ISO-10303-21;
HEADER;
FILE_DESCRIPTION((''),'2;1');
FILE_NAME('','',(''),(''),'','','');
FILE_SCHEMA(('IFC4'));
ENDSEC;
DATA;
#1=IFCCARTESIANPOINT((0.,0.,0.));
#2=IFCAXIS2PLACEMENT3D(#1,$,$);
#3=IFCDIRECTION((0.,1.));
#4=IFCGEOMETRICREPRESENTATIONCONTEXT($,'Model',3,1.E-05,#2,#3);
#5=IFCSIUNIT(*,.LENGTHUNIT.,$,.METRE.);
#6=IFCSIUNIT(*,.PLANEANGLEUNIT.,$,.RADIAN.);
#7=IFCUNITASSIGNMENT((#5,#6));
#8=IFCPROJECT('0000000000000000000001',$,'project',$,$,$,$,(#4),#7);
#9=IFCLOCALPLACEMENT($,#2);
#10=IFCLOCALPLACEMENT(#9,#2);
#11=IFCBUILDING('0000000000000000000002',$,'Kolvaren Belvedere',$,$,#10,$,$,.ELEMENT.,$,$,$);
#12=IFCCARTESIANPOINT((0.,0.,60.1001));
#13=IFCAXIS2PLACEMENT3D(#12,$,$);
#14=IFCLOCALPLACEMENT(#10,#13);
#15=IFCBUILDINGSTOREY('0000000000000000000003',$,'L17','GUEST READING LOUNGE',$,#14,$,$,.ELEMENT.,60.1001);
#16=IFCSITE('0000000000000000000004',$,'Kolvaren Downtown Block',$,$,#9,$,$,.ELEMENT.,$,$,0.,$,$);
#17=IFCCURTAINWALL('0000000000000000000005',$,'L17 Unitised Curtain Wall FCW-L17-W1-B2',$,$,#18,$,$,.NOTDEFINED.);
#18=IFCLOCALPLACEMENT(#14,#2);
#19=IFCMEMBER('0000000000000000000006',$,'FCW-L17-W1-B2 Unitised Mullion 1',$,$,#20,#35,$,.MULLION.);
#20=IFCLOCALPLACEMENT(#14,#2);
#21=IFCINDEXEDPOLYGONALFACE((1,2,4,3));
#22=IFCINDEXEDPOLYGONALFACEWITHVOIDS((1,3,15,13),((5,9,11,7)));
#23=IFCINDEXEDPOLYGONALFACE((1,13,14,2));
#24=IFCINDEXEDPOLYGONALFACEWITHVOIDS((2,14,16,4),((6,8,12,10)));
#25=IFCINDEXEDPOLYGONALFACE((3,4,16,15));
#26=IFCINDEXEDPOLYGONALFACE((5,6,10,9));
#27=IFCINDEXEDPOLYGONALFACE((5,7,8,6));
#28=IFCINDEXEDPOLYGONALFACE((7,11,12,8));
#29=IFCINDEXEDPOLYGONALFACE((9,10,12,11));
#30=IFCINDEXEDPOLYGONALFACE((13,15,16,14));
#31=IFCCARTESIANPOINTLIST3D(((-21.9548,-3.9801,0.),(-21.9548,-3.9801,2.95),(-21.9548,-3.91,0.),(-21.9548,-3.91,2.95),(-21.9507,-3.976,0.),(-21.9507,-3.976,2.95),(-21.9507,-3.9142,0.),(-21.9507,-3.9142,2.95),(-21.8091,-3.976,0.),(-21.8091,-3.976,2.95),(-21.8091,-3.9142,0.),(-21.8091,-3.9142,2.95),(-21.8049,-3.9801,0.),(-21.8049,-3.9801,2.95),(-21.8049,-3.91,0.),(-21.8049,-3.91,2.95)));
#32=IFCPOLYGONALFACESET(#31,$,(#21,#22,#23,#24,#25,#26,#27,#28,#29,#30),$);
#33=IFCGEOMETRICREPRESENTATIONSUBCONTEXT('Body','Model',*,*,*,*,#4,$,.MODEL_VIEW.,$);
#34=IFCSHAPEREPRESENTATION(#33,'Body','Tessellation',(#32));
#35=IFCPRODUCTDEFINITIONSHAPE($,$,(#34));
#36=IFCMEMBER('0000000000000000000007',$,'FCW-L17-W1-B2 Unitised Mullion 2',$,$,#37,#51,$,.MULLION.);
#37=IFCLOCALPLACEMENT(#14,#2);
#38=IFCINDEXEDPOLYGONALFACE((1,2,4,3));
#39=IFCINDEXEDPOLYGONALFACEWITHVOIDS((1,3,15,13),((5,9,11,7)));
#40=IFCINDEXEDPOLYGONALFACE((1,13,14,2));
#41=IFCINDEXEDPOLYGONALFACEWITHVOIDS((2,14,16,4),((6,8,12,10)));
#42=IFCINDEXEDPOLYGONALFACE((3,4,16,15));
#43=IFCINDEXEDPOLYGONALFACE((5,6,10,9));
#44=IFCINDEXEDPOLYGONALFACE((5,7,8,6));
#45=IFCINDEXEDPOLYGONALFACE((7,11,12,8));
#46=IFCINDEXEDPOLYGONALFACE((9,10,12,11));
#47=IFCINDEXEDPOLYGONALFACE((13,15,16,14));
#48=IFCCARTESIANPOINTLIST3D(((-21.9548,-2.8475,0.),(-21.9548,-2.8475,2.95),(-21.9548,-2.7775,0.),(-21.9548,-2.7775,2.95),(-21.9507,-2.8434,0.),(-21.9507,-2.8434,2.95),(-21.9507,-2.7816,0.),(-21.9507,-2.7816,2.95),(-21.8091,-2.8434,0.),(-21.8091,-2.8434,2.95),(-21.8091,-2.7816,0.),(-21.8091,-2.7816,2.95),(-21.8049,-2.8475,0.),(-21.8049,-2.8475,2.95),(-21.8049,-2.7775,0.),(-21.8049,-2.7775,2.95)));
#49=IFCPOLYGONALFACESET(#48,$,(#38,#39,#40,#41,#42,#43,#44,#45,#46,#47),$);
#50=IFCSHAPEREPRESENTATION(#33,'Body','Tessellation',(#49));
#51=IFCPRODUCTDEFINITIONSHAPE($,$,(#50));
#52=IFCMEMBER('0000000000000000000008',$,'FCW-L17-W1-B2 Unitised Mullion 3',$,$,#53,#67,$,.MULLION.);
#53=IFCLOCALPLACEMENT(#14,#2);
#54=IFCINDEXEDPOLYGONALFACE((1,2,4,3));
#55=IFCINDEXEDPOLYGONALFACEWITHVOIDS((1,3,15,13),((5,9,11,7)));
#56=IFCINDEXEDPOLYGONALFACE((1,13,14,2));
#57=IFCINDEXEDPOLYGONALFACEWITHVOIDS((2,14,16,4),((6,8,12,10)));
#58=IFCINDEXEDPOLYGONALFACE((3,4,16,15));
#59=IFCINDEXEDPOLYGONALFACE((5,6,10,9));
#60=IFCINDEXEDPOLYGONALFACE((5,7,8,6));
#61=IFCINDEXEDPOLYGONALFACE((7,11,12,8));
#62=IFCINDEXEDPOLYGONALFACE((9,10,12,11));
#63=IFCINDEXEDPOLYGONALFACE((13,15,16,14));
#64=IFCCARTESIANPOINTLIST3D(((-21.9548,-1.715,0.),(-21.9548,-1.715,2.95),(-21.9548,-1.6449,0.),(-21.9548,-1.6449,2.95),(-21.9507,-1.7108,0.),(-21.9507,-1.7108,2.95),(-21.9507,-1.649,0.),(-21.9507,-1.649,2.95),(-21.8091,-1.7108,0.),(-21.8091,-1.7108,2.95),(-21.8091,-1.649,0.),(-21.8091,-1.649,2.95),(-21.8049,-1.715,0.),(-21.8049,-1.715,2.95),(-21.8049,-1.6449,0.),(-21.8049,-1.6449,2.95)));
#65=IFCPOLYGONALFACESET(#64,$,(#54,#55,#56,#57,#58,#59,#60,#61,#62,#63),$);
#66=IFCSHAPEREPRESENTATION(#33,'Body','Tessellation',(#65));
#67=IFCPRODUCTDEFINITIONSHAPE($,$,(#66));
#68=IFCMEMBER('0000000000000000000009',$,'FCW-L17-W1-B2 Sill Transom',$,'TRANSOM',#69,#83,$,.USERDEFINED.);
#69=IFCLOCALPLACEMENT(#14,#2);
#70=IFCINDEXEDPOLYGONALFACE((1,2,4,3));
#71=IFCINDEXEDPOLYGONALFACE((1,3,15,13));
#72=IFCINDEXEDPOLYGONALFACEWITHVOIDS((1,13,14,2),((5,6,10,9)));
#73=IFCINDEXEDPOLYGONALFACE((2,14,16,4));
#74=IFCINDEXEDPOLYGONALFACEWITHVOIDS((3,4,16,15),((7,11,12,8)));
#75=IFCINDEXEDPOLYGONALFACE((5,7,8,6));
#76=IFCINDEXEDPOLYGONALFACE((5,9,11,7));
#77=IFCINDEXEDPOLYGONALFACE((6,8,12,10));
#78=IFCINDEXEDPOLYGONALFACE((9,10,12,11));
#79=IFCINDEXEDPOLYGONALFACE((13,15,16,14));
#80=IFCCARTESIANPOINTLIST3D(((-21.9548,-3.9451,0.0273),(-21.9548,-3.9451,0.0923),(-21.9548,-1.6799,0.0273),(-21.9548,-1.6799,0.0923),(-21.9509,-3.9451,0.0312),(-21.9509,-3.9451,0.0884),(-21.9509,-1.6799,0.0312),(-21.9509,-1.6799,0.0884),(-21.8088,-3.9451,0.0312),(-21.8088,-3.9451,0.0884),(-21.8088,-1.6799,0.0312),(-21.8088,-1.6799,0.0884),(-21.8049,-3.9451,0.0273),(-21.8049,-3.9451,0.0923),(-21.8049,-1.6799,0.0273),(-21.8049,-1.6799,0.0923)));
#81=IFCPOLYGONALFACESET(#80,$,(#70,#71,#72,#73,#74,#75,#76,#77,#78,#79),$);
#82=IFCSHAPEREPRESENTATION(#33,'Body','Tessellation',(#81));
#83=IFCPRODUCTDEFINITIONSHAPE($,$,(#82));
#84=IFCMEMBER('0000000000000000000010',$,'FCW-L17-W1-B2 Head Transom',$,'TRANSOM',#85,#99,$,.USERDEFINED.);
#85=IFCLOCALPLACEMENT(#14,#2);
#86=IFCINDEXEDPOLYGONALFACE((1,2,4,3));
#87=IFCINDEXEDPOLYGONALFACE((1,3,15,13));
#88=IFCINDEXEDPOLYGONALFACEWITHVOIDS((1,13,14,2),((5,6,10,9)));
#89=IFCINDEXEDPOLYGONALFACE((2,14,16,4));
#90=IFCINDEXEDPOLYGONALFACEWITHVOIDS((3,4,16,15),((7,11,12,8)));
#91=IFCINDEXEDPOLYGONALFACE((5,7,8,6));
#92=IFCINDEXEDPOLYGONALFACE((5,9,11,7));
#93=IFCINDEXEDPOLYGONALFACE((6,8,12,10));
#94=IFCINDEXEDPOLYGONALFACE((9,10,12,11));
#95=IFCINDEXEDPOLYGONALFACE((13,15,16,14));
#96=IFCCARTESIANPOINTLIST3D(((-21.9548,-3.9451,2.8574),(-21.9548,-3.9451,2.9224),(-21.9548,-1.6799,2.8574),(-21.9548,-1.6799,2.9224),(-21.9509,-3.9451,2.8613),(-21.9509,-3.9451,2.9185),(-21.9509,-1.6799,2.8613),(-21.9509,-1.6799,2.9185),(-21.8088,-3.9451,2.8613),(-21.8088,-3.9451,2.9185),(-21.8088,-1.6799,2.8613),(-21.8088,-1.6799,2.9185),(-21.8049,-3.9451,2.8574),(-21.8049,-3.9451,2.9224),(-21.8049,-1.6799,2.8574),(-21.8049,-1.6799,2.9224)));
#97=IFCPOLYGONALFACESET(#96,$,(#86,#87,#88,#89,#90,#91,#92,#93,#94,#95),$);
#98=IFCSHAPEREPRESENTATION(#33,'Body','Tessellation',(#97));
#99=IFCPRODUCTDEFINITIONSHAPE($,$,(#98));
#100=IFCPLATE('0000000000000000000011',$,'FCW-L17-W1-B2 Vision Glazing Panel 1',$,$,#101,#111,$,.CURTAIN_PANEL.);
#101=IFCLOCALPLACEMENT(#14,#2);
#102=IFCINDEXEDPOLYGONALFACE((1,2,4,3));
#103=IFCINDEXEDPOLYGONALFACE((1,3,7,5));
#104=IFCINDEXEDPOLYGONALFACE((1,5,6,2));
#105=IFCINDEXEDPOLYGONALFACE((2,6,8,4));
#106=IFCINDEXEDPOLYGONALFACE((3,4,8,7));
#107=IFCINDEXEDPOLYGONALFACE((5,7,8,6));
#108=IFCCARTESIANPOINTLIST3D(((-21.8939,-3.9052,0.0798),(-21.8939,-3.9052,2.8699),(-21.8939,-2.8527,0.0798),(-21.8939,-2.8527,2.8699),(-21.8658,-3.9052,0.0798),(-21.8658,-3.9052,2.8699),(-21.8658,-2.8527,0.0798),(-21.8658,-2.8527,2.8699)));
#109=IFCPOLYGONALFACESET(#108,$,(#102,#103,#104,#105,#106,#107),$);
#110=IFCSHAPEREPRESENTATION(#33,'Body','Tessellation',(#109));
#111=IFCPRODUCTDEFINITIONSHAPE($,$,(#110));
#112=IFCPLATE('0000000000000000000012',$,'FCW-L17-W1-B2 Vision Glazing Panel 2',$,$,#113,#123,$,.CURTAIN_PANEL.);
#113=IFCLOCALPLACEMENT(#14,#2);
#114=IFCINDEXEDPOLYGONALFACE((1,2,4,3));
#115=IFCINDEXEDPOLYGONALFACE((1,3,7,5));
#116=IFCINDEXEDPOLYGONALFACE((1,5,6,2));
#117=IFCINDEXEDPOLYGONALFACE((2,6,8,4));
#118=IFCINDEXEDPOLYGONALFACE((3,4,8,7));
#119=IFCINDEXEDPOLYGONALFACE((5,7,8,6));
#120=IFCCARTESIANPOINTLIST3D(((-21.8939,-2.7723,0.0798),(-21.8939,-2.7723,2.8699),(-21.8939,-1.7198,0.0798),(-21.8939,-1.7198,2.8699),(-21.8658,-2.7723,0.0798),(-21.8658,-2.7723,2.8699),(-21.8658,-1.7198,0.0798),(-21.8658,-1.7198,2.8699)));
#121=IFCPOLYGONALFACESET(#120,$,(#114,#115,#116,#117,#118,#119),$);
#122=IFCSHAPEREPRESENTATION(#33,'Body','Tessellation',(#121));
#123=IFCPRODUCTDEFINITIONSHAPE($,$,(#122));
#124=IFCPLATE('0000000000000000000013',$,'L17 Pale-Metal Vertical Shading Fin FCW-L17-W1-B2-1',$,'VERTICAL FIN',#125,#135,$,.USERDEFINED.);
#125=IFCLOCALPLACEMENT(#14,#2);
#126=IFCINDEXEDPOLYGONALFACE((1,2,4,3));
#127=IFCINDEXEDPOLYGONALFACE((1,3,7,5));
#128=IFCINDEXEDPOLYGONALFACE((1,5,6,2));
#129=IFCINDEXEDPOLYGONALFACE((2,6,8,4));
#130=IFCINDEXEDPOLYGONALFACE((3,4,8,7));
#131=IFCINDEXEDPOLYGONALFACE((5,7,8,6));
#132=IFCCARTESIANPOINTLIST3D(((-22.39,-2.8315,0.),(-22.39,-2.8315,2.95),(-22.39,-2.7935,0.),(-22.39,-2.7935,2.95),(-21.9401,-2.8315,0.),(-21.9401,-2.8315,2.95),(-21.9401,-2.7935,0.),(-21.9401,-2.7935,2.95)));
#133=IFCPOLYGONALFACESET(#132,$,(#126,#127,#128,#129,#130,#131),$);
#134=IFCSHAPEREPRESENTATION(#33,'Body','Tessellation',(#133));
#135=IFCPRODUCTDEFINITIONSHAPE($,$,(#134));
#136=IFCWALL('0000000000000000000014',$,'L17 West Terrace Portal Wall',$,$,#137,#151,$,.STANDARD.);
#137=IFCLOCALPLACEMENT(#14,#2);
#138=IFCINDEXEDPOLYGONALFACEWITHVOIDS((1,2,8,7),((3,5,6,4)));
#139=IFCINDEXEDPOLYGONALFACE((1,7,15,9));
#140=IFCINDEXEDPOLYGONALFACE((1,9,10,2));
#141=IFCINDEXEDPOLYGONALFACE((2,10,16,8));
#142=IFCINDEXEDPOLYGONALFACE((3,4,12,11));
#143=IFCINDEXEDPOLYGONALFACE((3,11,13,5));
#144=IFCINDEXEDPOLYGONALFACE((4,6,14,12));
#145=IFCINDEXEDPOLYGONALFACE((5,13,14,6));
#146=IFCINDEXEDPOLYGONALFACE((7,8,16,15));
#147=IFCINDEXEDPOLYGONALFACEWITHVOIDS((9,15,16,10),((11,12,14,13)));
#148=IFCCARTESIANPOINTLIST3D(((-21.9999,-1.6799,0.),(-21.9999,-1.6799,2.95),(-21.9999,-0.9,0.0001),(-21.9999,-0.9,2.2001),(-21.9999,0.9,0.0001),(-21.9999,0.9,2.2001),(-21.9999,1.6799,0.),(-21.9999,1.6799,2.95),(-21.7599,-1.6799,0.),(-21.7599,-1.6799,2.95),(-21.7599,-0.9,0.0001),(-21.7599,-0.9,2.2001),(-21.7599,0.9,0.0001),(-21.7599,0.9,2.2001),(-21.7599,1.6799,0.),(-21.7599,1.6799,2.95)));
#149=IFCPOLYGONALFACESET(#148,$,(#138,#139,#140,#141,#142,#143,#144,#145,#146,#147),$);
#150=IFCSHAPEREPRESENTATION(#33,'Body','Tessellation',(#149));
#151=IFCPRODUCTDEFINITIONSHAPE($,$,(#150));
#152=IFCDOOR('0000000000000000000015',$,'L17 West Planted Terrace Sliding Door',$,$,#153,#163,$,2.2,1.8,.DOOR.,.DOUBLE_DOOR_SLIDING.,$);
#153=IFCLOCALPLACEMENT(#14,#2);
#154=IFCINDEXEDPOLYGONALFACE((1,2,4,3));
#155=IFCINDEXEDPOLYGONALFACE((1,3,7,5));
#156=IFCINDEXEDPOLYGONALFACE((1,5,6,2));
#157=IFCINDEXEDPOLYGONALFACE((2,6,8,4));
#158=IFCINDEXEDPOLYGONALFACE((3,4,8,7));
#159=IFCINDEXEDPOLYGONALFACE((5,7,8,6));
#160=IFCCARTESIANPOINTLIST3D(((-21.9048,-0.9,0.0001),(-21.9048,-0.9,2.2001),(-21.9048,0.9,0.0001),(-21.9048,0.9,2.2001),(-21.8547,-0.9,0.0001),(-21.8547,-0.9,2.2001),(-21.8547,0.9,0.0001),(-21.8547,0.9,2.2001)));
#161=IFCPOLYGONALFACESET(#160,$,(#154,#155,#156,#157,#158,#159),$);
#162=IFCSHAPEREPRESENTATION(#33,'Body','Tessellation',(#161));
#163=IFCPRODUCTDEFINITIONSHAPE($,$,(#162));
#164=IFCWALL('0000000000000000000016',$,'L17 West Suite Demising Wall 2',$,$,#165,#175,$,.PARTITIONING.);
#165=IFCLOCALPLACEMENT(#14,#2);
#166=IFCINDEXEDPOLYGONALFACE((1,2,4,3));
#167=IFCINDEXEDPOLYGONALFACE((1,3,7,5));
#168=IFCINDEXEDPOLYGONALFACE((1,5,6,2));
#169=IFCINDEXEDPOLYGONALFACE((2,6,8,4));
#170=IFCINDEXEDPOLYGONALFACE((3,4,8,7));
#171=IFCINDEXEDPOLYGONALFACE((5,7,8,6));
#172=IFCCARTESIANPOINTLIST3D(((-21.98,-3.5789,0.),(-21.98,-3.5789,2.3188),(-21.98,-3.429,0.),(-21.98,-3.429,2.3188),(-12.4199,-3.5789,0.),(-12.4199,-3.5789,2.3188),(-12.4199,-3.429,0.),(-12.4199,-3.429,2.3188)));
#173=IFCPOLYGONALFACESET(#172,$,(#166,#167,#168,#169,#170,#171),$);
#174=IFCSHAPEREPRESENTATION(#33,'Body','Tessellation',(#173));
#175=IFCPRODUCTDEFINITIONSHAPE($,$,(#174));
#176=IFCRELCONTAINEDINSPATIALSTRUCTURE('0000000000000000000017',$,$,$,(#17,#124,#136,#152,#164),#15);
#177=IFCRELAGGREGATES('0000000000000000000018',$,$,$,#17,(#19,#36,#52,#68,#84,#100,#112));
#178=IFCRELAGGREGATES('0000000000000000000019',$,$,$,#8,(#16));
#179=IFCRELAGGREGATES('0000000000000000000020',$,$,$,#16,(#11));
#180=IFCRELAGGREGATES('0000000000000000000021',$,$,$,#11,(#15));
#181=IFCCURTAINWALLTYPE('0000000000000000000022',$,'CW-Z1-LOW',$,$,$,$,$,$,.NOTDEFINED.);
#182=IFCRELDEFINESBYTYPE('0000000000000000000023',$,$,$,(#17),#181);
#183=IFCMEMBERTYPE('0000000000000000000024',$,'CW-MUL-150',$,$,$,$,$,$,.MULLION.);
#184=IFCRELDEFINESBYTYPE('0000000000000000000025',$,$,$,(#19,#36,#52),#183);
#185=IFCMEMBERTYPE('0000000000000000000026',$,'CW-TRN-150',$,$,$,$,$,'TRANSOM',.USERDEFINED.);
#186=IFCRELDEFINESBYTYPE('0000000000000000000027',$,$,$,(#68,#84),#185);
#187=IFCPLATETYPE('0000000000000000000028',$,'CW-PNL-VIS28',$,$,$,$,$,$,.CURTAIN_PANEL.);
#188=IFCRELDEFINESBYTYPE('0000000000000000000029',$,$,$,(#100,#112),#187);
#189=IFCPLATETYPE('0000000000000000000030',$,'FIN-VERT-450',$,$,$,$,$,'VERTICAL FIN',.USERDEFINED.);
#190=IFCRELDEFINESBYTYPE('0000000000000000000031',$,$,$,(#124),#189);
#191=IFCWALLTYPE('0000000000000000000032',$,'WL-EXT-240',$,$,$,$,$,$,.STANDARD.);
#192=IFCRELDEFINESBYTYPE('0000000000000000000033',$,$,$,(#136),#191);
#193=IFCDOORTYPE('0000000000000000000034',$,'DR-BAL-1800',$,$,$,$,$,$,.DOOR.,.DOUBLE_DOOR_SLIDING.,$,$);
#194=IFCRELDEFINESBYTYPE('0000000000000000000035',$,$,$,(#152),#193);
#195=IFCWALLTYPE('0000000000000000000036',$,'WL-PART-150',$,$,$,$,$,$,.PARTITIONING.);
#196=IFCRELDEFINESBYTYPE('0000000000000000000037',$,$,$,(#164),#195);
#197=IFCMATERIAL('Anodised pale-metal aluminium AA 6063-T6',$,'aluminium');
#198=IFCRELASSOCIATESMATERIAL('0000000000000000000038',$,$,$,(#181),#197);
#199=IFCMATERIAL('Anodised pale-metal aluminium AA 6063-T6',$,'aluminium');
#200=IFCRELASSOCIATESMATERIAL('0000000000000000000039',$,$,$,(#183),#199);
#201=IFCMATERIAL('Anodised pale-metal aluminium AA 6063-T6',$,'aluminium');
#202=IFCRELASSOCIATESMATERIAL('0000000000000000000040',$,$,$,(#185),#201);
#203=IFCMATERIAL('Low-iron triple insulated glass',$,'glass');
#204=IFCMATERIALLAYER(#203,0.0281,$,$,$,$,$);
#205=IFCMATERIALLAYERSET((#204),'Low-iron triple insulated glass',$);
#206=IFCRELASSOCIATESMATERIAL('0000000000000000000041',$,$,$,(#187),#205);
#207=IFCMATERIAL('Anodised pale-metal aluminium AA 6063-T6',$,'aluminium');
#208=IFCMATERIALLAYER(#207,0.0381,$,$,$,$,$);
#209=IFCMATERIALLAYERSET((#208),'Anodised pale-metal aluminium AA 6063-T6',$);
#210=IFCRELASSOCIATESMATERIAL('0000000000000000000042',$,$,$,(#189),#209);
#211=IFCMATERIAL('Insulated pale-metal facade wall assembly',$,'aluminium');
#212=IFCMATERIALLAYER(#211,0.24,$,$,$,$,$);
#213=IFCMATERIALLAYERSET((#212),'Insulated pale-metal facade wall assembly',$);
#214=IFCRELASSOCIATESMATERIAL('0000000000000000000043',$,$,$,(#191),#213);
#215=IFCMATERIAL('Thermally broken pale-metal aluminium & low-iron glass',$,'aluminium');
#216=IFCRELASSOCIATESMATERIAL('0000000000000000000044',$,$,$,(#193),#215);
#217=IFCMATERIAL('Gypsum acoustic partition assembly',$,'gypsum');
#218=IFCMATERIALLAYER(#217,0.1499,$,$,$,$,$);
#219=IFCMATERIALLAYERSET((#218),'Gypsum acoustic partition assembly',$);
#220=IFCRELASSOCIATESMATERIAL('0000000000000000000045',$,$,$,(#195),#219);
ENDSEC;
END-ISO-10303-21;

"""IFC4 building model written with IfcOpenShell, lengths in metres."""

from ifc_helpers import new_model, si_unit, direction, frame, frame_2d, origin, origin_2d, place, context, subcontext, project, spatial, rectangle, hollow_rectangle, extrude, material, layer, layer_set, material_profile, profile_set, type_object, element, fill, aggregate, save


model = new_model("IFC4")

# Units and contexts
model_context = context("Model", 3, precision=1e-05, world=origin(), true_north=direction((0.0, 1.0)))
body_context = subcontext(model_context, "Body", "Model", "MODEL_VIEW")
ifc_project = project(units=[si_unit("LENGTHUNIT", "METRE"), si_unit("PLANEANGLEUNIT", "RADIAN")], contexts=[model_context])

# Site, building, storey
site_placement = place(None, origin())
site = spatial("IfcSite", under=ifc_project, at=site_placement, Name="Kolvaren Downtown Block", CompositionType="ELEMENT", RefElevation=0.0)
building_placement = place(site_placement, origin())
building = spatial("IfcBuilding", under=site, at=building_placement, Name="Kolvaren Belvedere", CompositionType="ELEMENT")
storey_placement = place(building_placement, frame((0.0, 0.0, 60.1001)))
storey = spatial("IfcBuildingStorey", under=building, at=storey_placement, Name="L17", Description="GUEST READING LOUNGE", CompositionType="ELEMENT", Elevation=60.1001)

# Shared definitions
ifc_material_1 = material(Name="Anodised pale-metal aluminium AA 6063-T6", Category="aluminium")
curtain_wall_type = type_object("IfcCurtainWallType", Name="CW-Z1-LOW", PredefinedType="NOTDEFINED", material=ifc_material_1)
ifc_material_2 = material(Name="Anodised pale-metal aluminium AA 6063-T6", Category="aluminium")
ifc_material_profile_1 = material_profile(ifc_material_2, hollow_rectangle(XDim=0.0701, YDim=0.1499, WallThickness=0.0042, at=origin_2d()), Name="ALU-MUL-150X70")
ifc_profile_set_1 = profile_set([ifc_material_profile_1], Name="Anodised pale-metal aluminium AA 6063-T6")
member_type_1 = type_object("IfcMemberType", Name="CW-MUL-150", PredefinedType="MULLION", material=ifc_profile_set_1)

# Curtain wall, members, plates
curtain_wall_1_placement = place(storey_placement, origin())
curtain_wall_1 = element("IfcCurtainWall", 1, at=curtain_wall_1_placement, inside=storey, type_object=curtain_wall_type, Name="L17 Unitised Curtain Wall FCW-L17-W1-B2", PredefinedType="NOTDEFINED")
member_1_placement = place(storey_placement, frame((-21.8799, -3.9451, 0.0), z_axis=(0.0, 0.0, 1.0), x_axis=(0.0, 1.0, 0.0)))
member_1 = element("IfcMember", 2, at=member_1_placement, type_object=member_type_1, Name="FCW-L17-W1-B2 Unitised Mullion 1", PredefinedType="MULLION", context=body_context, shape_type="SweptSolid", body=[
    extrude(hollow_rectangle(XDim=0.0701, YDim=0.1499, WallThickness=0.0042, at=origin_2d()), origin(), (0.0, 0.0, 1.0), 2.95),
])
member_2_placement = place(storey_placement, frame((-21.8799, -2.8125, 0.0), z_axis=(0.0, 0.0, 1.0), x_axis=(0.0, 1.0, 0.0)))
member_2 = element("IfcMember", 3, at=member_2_placement, type_object=member_type_1, Name="FCW-L17-W1-B2 Unitised Mullion 2", PredefinedType="MULLION", context=body_context, shape_type="SweptSolid", body=[
    extrude(hollow_rectangle(XDim=0.0701, YDim=0.1499, WallThickness=0.0042, at=origin_2d()), origin(), (0.0, 0.0, 1.0), 2.95),
])
member_3_placement = place(storey_placement, frame((-21.8799, -1.6799, 0.0), z_axis=(0.0, 0.0, 1.0), x_axis=(0.0, 1.0, 0.0)))
member_3 = element("IfcMember", 4, at=member_3_placement, type_object=member_type_1, Name="FCW-L17-W1-B2 Unitised Mullion 3", PredefinedType="MULLION", context=body_context, shape_type="SweptSolid", body=[
    extrude(hollow_rectangle(XDim=0.0701, YDim=0.1499, WallThickness=0.0042, at=origin_2d()), origin(), (0.0, 0.0, 1.0), 2.95),
])
ifc_material_3 = material(Name="Anodised pale-metal aluminium AA 6063-T6", Category="aluminium")
ifc_material_profile_2 = material_profile(ifc_material_3, hollow_rectangle(XDim=0.0649, YDim=0.1499, WallThickness=0.0039, at=origin_2d()), Name="ALU-TRN-150X65")
ifc_profile_set_2 = profile_set([ifc_material_profile_2], Name="Anodised pale-metal aluminium AA 6063-T6")
member_type_2 = type_object("IfcMemberType", Name="CW-TRN-150", ElementType="TRANSOM", PredefinedType="USERDEFINED", material=ifc_profile_set_2)
member_4_placement = place(storey_placement, frame((-21.8799, -3.9451, 0.0598), z_axis=(0.0, 1.0, 0.0), x_axis=(0.0, 0.0, 1.0)))
member_4 = element("IfcMember", 5, at=member_4_placement, type_object=member_type_2, Name="FCW-L17-W1-B2 Sill Transom", ObjectType="TRANSOM", PredefinedType="USERDEFINED", context=body_context, shape_type="SweptSolid", body=[
    extrude(hollow_rectangle(XDim=0.0649, YDim=0.1499, WallThickness=0.0039, at=origin_2d()), origin(), (0.0, 0.0, 1.0), 2.2651),
])
member_5_placement = place(storey_placement, frame((-21.8799, -3.9451, 2.8899), z_axis=(0.0, 1.0, 0.0), x_axis=(0.0, 0.0, 1.0)))
member_5 = element("IfcMember", 6, at=member_5_placement, type_object=member_type_2, Name="FCW-L17-W1-B2 Head Transom", ObjectType="TRANSOM", PredefinedType="USERDEFINED", context=body_context, shape_type="SweptSolid", body=[
    extrude(hollow_rectangle(XDim=0.0649, YDim=0.1499, WallThickness=0.0039, at=origin_2d()), origin(), (0.0, 0.0, 1.0), 2.2651),
])
ifc_material_4 = material(Name="Low-iron triple insulated glass", Category="glass")
ifc_layer_1 = layer(ifc_material_4, 0.0281)
ifc_layer_set_1 = layer_set([ifc_layer_1], Name="Low-iron triple insulated glass")
plate_type_1 = type_object("IfcPlateType", Name="CW-PNL-VIS28", PredefinedType="CURTAIN_PANEL", material=ifc_layer_set_1)
plate_1_placement = place(storey_placement, frame((-21.8799, -3.3789, 0.0798), z_axis=(0.0, 0.0, 1.0), x_axis=(0.0, 1.0, 0.0)))
plate_1 = element("IfcPlate", 7, at=plate_1_placement, type_object=plate_type_1, Name="FCW-L17-W1-B2 Vision Glazing Panel 1", PredefinedType="CURTAIN_PANEL", context=body_context, shape_type="SweptSolid", body=[
    extrude(rectangle(XDim=1.0525, YDim=0.0281, at=origin_2d()), origin(), (0.0, 0.0, 1.0), 2.79),
])
plate_2_placement = place(storey_placement, frame((-21.8799, -2.2461, 0.0798), z_axis=(0.0, 0.0, 1.0), x_axis=(0.0, 1.0, 0.0)))
plate_2 = element("IfcPlate", 8, at=plate_2_placement, type_object=plate_type_1, Name="FCW-L17-W1-B2 Vision Glazing Panel 2", PredefinedType="CURTAIN_PANEL", context=body_context, shape_type="SweptSolid", body=[
    extrude(rectangle(XDim=1.0525, YDim=0.0281, at=origin_2d()), origin(), (0.0, 0.0, 1.0), 2.79),
])
aggregate(curtain_wall_1, [member_1, member_2, member_3, member_4, member_5, plate_1, plate_2])

# Plate
ifc_material_5 = material(Name="Anodised pale-metal aluminium AA 6063-T6", Category="aluminium")
ifc_layer_2 = layer(ifc_material_5, 0.0381)
ifc_layer_set_2 = layer_set([ifc_layer_2], Name="Anodised pale-metal aluminium AA 6063-T6")
plate_type_2 = type_object("IfcPlateType", Name="FIN-VERT-450", ElementType="VERTICAL FIN", PredefinedType="USERDEFINED", material=ifc_layer_set_2)
plate_3_placement = place(storey_placement, frame((-22.165, -2.8125, 0.0), z_axis=(0.0, 0.0, 1.0), x_axis=(1.0, 0.0, 0.0)))
element("IfcPlate", 9, at=plate_3_placement, inside=storey, type_object=plate_type_2, Name="L17 Pale-Metal Vertical Shading Fin FCW-L17-W1-B2-1", ObjectType="VERTICAL FIN", PredefinedType="USERDEFINED", context=body_context, shape_type="SweptSolid", body=[
    extrude(rectangle(XDim=0.45, YDim=0.0381, at=origin_2d()), origin(), (0.0, 0.0, 1.0), 2.95),
])

# Wall, opening, door
ifc_material_6 = material(Name="Insulated pale-metal facade wall assembly", Category="aluminium")
ifc_layer_3 = layer(ifc_material_6, 0.24)
ifc_layer_set_3 = layer_set([ifc_layer_3], Name="Insulated pale-metal facade wall assembly")
wall_type_1 = type_object("IfcWallType", Name="WL-EXT-240", PredefinedType="STANDARD", material=ifc_layer_set_3)
wall_1_placement = place(storey_placement, frame((-21.8799, -1.6799, 0.0), z_axis=(0.0, 0.0, 1.0), x_axis=(0.0, 1.0, 0.0)))
wall_1 = element("IfcWall", 10, at=wall_1_placement, inside=storey, type_object=wall_type_1, Name="L17 West Terrace Portal Wall", PredefinedType="STANDARD", context=body_context, shape_type="SweptSolid", body=[
    extrude(rectangle(XDim=3.3599, YDim=0.24, at=frame_2d((1.6799, 0.0))), origin(), (0.0, 0.0, 1.0), 2.95),
])
opening_1_placement = place(wall_1_placement, frame((0.78, 0.0, 0.0)))
opening_1 = element("IfcOpeningElement", 11, at=opening_1_placement, cuts=wall_1, PredefinedType="OPENING", context=body_context, shape_type="SweptSolid", body=[
    extrude(rectangle(XDim=1.8, YDim=2.2, at=frame_2d((0.8999, 1.1001))), frame((0.0, 0.1299, 0.0), z_axis=(0.0, -1.0, 0.0), x_axis=(1.0, 0.0, 0.0)), (0.0, 0.0, 1.0), 0.26),
])
ifc_material_7 = material(Name="Thermally broken pale-metal aluminium & low-iron glass", Category="aluminium")
door_type_1 = type_object("IfcDoorType", Name="DR-BAL-1800", OperationType="DOUBLE_DOOR_SLIDING", PredefinedType="DOOR", material=ifc_material_7)
door_1_placement = place(opening_1_placement, origin())
door_1 = element("IfcDoor", 12, at=door_1_placement, inside=storey, type_object=door_type_1, Name="L17 West Planted Terrace Sliding Door", OperationType="DOUBLE_DOOR_SLIDING", OverallHeight=2.2, OverallWidth=1.8, PredefinedType="DOOR", context=body_context, shape_type="SweptSolid", body=[
    extrude(rectangle(XDim=1.8, YDim=2.2, at=frame_2d((0.8999, 1.1001))), frame((0.0, 0.0249, 0.0), z_axis=(0.0, -1.0, 0.0), x_axis=(1.0, 0.0, 0.0)), (0.0, 0.0, 1.0), 0.05),
])
fill(opening_1, door_1)

# Wall
ifc_material_8 = material(Name="Gypsum acoustic partition assembly", Category="gypsum")
ifc_layer_4 = layer(ifc_material_8, 0.1499)
ifc_layer_set_4 = layer_set([ifc_layer_4], Name="Gypsum acoustic partition assembly")
wall_type_2 = type_object("IfcWallType", Name="WL-PART-150", PredefinedType="PARTITIONING", material=ifc_layer_set_4)
wall_2_placement = place(storey_placement, frame((-21.98, -3.5039, 0.0), z_axis=(0.0, 0.0, 1.0), x_axis=(1.0, 0.0, 0.0)))
element("IfcWall", 13, at=wall_2_placement, inside=storey, type_object=wall_type_2, Name="L17 West Suite Demising Wall 2", PredefinedType="PARTITIONING", context=body_context, shape_type="SweptSolid", body=[
    extrude(rectangle(XDim=9.5601, YDim=0.1499, at=frame_2d((4.78, 0.0))), origin(), (0.0, 0.0, 1.0), 2.3188),
])

save(model, "model.ifc")
